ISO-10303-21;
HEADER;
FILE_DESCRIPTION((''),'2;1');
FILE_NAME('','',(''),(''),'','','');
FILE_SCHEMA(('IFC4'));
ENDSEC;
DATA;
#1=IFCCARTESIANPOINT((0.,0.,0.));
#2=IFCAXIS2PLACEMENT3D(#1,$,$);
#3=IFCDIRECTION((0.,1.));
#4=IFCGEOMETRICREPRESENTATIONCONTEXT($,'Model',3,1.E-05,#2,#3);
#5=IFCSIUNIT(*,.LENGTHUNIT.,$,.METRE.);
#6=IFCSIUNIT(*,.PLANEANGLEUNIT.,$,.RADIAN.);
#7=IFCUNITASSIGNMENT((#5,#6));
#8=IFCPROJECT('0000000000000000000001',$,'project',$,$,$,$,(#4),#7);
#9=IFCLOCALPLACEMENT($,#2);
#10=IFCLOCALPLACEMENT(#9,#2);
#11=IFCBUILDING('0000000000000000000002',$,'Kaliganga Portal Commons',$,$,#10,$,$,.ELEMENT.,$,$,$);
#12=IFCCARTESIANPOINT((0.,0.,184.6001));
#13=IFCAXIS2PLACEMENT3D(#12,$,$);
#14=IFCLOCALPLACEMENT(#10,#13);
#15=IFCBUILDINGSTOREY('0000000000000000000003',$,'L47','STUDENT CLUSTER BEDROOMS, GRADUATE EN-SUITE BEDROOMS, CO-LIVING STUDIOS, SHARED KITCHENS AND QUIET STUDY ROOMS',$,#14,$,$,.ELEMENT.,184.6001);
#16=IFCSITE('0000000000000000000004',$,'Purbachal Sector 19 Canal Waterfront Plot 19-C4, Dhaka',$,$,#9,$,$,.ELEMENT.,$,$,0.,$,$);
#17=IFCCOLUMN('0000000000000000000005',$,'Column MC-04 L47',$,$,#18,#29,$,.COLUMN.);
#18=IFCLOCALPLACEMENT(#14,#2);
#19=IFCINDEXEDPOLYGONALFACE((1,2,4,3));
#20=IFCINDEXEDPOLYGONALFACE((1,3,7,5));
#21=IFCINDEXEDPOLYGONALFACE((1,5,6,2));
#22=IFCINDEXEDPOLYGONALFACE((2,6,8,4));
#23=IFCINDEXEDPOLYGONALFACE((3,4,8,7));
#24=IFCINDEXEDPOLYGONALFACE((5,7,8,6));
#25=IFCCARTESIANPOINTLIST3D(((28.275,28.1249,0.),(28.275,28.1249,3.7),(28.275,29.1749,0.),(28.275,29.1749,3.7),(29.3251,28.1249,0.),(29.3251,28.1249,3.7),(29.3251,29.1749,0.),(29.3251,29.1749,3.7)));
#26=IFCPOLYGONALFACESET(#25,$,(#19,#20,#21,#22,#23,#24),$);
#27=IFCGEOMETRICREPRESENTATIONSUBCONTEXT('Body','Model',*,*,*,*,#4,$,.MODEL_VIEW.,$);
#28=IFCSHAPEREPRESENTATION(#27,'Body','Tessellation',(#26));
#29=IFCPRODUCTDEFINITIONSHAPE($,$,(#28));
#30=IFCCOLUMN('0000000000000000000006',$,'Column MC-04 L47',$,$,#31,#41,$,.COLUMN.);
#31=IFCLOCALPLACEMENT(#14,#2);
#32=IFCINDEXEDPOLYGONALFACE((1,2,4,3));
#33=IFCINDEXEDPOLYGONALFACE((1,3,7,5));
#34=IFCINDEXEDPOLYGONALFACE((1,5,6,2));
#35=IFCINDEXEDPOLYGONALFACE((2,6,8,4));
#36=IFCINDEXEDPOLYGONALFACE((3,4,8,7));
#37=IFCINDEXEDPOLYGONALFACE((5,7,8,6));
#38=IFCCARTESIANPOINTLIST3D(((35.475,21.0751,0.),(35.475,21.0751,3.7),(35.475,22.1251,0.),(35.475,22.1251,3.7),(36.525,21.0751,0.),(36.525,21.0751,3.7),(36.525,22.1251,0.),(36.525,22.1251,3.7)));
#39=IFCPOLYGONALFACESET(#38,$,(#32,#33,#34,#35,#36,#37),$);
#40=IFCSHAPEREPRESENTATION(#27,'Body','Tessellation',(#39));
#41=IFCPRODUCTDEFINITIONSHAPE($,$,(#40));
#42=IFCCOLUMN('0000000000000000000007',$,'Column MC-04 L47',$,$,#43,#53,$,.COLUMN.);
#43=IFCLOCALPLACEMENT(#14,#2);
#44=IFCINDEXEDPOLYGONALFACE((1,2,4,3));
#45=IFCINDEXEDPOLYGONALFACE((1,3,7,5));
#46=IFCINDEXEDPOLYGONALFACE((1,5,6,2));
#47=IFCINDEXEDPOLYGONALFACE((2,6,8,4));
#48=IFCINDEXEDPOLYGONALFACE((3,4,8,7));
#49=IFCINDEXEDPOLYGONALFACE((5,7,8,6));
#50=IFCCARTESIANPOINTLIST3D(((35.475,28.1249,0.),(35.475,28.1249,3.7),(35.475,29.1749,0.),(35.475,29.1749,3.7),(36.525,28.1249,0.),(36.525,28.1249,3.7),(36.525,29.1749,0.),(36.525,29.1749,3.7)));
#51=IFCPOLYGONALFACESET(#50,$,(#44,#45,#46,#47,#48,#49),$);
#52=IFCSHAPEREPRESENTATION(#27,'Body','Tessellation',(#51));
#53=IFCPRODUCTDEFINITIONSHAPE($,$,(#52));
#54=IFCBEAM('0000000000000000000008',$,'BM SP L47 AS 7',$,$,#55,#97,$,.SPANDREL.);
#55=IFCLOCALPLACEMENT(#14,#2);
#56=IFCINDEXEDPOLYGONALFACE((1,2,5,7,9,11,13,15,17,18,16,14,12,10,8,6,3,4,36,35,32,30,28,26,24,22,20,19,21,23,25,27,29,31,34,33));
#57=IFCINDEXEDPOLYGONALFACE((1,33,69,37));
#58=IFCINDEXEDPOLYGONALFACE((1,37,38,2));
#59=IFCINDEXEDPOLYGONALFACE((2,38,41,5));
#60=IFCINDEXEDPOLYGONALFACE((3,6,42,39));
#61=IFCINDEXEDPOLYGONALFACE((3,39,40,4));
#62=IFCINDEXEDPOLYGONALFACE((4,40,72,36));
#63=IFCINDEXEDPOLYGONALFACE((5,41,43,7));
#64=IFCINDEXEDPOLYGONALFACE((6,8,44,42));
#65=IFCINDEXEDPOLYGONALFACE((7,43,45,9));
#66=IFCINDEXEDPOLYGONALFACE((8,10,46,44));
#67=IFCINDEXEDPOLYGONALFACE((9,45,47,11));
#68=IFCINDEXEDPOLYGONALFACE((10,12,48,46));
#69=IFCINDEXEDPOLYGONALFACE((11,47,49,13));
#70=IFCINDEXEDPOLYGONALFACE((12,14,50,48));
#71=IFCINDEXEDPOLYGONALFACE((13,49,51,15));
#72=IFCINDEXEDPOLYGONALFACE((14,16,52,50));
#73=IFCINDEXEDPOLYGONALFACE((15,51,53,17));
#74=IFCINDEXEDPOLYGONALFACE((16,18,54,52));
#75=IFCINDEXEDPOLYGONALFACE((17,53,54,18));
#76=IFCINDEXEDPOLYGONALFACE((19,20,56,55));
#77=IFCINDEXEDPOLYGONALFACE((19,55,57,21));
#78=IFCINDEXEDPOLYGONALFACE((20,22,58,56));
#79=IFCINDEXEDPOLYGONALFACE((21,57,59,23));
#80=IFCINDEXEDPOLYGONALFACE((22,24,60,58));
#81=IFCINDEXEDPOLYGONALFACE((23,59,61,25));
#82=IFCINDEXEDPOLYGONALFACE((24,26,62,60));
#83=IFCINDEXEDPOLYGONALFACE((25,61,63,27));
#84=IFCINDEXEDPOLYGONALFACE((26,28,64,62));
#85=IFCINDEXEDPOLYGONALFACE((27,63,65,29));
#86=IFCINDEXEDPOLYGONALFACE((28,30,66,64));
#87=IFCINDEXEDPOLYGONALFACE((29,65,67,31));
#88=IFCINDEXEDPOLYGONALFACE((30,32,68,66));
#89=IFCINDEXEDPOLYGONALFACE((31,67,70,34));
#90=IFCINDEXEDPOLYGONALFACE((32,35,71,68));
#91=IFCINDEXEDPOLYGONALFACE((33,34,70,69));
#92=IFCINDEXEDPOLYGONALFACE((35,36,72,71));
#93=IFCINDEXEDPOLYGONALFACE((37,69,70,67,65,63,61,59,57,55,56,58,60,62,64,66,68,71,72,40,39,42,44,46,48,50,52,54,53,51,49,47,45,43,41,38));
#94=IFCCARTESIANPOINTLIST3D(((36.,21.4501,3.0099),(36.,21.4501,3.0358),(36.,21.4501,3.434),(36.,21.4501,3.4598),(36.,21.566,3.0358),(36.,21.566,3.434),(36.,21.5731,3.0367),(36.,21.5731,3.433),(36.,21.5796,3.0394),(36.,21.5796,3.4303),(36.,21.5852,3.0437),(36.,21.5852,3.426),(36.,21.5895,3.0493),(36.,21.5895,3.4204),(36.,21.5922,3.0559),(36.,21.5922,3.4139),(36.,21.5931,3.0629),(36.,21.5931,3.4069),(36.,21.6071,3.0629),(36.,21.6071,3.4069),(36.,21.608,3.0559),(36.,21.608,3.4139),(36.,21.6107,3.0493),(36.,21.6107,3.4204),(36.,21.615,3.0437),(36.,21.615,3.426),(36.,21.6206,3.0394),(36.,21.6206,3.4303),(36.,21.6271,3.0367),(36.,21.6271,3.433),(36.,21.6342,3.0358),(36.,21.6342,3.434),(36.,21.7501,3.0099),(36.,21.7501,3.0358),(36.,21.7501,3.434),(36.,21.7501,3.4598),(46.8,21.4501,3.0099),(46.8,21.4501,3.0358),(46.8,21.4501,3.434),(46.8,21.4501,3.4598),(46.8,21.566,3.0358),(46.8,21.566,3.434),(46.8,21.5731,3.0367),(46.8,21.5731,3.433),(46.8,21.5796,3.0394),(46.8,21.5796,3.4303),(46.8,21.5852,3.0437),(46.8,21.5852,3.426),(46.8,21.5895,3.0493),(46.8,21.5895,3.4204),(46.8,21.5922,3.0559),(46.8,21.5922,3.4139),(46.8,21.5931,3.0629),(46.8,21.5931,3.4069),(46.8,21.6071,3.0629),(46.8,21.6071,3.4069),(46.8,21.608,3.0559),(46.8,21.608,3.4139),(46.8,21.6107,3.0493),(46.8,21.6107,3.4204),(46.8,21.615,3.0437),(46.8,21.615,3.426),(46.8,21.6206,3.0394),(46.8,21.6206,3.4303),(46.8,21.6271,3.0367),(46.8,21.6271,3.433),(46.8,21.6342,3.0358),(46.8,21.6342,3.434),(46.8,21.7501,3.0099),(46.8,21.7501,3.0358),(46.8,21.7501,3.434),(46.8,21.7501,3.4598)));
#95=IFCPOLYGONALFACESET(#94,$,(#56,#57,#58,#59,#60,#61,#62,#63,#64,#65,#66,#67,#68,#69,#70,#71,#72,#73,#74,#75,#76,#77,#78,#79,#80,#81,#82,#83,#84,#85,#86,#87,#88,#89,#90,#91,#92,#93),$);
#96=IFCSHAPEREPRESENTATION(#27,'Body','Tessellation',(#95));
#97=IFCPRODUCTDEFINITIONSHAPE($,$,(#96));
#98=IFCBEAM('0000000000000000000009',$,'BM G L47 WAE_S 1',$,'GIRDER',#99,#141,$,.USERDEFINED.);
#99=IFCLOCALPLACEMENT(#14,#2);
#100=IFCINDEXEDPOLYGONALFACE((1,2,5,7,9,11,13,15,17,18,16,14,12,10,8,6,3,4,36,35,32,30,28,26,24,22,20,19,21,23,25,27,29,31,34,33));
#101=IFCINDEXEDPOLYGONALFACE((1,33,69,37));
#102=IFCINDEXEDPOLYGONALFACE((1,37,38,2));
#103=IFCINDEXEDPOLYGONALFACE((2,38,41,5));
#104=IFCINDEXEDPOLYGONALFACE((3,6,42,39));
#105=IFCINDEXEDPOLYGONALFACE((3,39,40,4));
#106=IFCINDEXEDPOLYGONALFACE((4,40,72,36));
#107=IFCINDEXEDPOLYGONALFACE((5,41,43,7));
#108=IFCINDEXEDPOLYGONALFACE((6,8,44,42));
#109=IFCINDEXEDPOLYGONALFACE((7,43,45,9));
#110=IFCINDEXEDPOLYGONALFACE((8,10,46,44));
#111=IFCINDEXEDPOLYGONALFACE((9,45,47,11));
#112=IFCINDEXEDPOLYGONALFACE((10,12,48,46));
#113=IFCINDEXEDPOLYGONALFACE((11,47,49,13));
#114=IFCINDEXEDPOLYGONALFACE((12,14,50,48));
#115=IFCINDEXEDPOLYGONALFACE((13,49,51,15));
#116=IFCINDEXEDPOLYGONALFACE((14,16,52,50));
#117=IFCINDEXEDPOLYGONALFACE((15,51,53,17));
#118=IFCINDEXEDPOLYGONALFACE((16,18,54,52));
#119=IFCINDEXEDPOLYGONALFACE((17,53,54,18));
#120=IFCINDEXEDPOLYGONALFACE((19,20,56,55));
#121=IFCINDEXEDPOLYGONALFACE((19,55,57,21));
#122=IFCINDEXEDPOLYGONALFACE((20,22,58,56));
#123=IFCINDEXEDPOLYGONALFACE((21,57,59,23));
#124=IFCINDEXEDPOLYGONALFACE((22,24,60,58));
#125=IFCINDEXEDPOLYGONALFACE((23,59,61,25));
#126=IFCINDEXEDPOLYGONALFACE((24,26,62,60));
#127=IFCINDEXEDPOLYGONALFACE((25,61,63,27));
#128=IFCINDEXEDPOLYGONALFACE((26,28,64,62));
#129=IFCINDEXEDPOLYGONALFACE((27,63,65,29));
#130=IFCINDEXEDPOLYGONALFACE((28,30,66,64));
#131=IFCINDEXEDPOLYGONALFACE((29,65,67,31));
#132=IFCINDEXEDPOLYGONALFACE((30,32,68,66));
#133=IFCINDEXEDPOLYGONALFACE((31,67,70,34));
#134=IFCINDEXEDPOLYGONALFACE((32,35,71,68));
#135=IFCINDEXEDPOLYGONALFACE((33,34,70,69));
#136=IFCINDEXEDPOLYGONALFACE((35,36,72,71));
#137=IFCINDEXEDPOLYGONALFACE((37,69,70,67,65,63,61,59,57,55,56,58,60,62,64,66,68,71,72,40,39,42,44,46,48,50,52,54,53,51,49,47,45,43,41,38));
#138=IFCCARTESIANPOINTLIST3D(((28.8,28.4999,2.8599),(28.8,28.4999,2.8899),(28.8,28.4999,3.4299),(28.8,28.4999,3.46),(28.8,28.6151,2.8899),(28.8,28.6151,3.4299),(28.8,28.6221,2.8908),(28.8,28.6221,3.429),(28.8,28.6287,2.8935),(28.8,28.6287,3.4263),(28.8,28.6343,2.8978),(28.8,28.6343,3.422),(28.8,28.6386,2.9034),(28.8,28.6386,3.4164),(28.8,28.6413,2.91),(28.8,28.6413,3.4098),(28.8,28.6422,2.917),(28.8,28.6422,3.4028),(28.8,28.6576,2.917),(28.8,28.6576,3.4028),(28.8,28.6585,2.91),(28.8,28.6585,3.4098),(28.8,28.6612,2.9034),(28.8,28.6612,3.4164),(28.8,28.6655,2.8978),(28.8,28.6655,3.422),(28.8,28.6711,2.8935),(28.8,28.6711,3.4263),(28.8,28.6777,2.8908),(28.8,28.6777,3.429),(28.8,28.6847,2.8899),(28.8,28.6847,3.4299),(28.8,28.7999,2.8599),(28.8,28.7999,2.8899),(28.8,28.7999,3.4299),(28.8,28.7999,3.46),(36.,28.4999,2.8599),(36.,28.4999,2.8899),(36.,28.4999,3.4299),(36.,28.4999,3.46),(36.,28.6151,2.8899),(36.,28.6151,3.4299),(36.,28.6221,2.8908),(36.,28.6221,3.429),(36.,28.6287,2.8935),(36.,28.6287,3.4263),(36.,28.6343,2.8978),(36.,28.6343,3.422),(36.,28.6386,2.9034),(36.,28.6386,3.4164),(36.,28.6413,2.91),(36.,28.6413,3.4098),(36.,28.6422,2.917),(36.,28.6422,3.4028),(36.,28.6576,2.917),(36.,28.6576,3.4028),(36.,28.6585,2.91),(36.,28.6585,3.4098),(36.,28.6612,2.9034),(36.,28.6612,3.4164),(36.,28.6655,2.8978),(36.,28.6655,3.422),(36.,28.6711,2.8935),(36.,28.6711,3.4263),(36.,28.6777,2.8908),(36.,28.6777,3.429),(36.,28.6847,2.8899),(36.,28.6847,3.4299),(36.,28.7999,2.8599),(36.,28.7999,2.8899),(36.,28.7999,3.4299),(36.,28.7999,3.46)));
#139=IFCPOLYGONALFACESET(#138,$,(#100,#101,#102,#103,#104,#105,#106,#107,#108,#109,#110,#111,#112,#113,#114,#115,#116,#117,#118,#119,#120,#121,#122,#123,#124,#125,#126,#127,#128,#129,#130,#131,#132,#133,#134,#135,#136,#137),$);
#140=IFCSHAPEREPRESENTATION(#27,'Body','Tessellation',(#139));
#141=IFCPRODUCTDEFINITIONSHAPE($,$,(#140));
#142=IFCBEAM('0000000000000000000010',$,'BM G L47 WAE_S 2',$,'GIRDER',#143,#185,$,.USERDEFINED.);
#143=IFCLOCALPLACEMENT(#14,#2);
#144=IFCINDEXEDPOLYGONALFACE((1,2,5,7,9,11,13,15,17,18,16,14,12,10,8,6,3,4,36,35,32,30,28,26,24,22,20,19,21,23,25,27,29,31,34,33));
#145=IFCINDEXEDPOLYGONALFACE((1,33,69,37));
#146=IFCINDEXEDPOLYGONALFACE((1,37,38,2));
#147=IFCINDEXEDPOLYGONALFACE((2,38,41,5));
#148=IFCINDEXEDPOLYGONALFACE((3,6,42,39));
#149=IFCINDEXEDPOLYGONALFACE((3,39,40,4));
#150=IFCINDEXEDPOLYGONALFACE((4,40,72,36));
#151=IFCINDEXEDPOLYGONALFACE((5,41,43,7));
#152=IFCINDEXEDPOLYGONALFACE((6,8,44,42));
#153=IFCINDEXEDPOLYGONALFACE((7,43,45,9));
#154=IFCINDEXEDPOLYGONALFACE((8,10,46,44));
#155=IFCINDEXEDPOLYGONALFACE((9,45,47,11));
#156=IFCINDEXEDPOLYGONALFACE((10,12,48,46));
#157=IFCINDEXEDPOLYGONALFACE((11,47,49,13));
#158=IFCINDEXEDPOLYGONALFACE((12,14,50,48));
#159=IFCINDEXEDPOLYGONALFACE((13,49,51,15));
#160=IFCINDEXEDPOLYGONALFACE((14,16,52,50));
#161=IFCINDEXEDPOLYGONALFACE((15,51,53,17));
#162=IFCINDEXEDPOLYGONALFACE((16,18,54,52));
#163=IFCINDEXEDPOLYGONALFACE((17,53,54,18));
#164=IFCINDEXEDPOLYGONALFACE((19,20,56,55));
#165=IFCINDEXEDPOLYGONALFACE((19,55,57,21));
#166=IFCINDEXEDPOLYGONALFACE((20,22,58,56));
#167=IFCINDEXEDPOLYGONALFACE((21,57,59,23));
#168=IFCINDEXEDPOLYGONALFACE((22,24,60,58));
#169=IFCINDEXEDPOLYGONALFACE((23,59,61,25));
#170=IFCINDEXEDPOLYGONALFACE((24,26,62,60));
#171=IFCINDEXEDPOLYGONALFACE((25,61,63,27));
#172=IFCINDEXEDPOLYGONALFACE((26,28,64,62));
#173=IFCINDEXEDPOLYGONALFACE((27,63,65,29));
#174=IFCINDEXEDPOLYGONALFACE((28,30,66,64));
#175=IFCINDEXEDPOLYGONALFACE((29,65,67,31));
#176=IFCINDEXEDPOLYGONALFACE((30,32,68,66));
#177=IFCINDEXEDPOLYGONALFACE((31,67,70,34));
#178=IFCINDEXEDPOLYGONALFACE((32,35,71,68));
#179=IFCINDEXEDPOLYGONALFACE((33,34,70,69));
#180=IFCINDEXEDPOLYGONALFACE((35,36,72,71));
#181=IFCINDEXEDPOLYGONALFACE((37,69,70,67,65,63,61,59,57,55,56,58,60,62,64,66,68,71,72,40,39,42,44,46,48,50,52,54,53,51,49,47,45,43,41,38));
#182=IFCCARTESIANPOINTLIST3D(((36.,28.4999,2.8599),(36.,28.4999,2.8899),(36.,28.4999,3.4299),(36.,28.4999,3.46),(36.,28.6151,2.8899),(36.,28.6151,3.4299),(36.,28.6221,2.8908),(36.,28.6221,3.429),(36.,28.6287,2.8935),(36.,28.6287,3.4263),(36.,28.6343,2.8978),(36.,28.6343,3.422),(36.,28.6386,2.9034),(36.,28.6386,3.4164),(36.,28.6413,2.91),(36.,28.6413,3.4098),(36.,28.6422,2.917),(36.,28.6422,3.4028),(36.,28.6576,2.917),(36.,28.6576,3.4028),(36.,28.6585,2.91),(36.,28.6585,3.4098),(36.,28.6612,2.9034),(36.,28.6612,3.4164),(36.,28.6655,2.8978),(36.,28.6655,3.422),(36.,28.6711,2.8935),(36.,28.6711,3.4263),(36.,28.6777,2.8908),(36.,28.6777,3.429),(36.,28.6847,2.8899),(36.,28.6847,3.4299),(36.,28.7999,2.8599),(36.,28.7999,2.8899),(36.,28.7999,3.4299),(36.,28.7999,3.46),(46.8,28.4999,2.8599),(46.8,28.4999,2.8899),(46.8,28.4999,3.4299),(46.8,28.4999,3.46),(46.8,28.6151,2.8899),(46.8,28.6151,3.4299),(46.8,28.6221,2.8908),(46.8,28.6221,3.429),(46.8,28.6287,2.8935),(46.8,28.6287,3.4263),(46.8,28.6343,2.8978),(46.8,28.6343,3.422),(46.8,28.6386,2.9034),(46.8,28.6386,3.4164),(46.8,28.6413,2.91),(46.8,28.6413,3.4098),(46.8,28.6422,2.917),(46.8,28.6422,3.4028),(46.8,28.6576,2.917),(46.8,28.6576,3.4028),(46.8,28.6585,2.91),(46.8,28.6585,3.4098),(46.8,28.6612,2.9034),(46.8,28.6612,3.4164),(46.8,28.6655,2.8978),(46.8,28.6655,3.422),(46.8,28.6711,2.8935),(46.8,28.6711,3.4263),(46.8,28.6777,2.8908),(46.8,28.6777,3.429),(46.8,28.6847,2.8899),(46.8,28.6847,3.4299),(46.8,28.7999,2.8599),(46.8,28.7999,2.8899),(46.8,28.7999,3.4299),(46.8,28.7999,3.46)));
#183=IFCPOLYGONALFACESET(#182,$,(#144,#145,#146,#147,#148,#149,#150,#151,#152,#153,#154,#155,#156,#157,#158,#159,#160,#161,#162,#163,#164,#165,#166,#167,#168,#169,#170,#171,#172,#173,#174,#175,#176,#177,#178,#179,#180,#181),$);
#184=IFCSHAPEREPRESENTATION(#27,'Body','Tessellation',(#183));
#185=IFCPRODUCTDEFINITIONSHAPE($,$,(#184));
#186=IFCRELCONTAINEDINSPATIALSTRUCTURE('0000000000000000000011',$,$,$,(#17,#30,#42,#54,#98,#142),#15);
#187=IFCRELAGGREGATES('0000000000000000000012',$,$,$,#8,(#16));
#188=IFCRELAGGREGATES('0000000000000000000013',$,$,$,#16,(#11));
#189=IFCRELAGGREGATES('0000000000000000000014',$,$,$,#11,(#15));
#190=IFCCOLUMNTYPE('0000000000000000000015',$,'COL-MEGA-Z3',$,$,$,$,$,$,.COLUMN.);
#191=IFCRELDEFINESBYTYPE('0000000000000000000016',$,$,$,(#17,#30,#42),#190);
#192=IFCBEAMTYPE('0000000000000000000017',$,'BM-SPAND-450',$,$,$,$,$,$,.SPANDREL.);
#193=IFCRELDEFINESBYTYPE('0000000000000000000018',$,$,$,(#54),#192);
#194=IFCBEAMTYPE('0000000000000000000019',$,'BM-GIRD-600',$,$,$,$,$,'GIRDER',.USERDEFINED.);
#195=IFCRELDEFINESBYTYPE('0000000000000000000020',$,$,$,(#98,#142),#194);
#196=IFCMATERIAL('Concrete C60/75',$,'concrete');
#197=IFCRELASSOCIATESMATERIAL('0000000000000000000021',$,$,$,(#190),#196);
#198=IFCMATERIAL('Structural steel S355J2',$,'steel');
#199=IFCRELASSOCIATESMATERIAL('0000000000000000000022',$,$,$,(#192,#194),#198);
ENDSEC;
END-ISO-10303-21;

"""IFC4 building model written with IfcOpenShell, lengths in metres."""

from ifc_helpers import new_model, si_unit, direction, frame, origin, origin_2d, place, context, subcontext, project, spatial, rectangle, i_section, extrude, source, transform, mapped, material, material_profile, profile_set, type_object, element, save


model = new_model("IFC4")

# Units and contexts
model_context = context("Model", 3, precision=1e-05, world=origin(), true_north=direction((0.0, 1.0)))
body_context = subcontext(model_context, "Body", "Model", "MODEL_VIEW")
ifc_project = project(units=[si_unit("LENGTHUNIT", "METRE"), si_unit("PLANEANGLEUNIT", "RADIAN")], contexts=[model_context])

# Site, building, storey
site_placement = place(None, origin())
site = spatial("IfcSite", under=ifc_project, at=site_placement, Name="Purbachal Sector 19 Canal Waterfront Plot 19-C4, Dhaka", CompositionType="ELEMENT", RefElevation=0.0)
building_placement = place(site_placement, origin())
building = spatial("IfcBuilding", under=site, at=building_placement, Name="Kaliganga Portal Commons", CompositionType="ELEMENT")
storey_placement = place(building_placement, frame((0.0, 0.0, 184.6001)))
storey = spatial("IfcBuildingStorey", under=building, at=storey_placement, Name="L47", Description="STUDENT CLUSTER BEDROOMS, GRADUATE EN-SUITE BEDROOMS, CO-LIVING STUDIOS, SHARED KITCHENS AND QUIET STUDY ROOMS", CompositionType="ELEMENT", Elevation=184.6001)

# Columns
ifc_material_1 = material(Name="Concrete C60/75", Category="concrete")
ifc_material_profile_1 = material_profile(ifc_material_1, rectangle(XDim=1.05, YDim=1.05, at=origin_2d()), Name="RC 1050x1050")
ifc_profile_set_1 = profile_set([ifc_material_profile_1], Name="Concrete C60/75")
column_type = type_object("IfcColumnType", Name="COL-MEGA-Z3", PredefinedType="COLUMN", material=ifc_profile_set_1)
shared_shape_1 = source(origin(), body_context, "Body", "SweptSolid", [
    extrude(rectangle(XDim=1.05, YDim=1.05, at=origin_2d()), origin(), (0.0, 0.0, 1.0), 3.7),
])
for number, where, z_axis, x_axis, name in (
    (1, (28.8, 28.6499, 0.0), (0.0, 0.0, 1.0), (1.0, 0.0, 0.0), "Column MC-04 L47"),
    (2, (36.0, 21.6001, 0.0), (0.0, 0.0, 1.0), (1.0, 0.0, 0.0), "Column MC-04 L47"),
    (3, (36.0, 28.6499, 0.0), (0.0, 0.0, 1.0), (1.0, 0.0, 0.0), "Column MC-04 L47"),
):
    element("IfcColumn", number, at=place(storey_placement, frame(where, z_axis=z_axis, x_axis=x_axis)), inside=storey, type_object=column_type, Name=name, PredefinedType="COLUMN", context=body_context, shape_type="MappedRepresentation", body=[
        mapped(shared_shape_1, transform((0.0, 0.0, 0.0), x_axis=(1.0, 0.0, 0.0), y_axis=(0.0, 1.0, 0.0), z_axis=(0.0, 0.0, 1.0), scale=1.0)),
    ])

# Beams
ifc_material_2 = material(Name="Structural steel S355J2", Category="steel")
ifc_material_profile_2 = material_profile(ifc_material_2, i_section(OverallWidth=0.3, OverallDepth=0.45, WebThickness=0.0139, FlangeThickness=0.0259, FilletRadius=0.0271, at=origin_2d()), Name="HE 450 B")
ifc_profile_set_2 = profile_set([ifc_material_profile_2], Name="Structural steel S355J2 wide-flange")
beam_type_1 = type_object("IfcBeamType", Name="BM-SPAND-450", PredefinedType="SPANDREL", material=ifc_profile_set_2)
shared_shape_2 = source(origin(), body_context, "Body", "SweptSolid", [
    extrude(i_section(OverallWidth=0.3, OverallDepth=0.45, WebThickness=0.0139, FlangeThickness=0.0259, FilletRadius=0.0271, at=origin_2d()), origin(), (0.0, 0.0, 1.0), 10.8),
])
beam_1_placement = place(storey_placement, frame((36.0, 21.6001, 3.2349), z_axis=(1.0, 0.0, 0.0), x_axis=(0.0, 1.0, 0.0)))
element("IfcBeam", 4, at=beam_1_placement, inside=storey, type_object=beam_type_1, Name="BM SP L47 AS 7", PredefinedType="SPANDREL", context=body_context, shape_type="MappedRepresentation", body=[
    mapped(shared_shape_2, transform((0.0, 0.0, 0.0), x_axis=(1.0, 0.0, 0.0), y_axis=(0.0, 1.0, 0.0), z_axis=(0.0, 0.0, 1.0), scale=1.0)),
])
ifc_material_profile_3 = material_profile(ifc_material_2, i_section(OverallWidth=0.3, OverallDepth=0.6001, WebThickness=0.0154, FlangeThickness=0.03, FilletRadius=0.0271, at=origin_2d()), Name="HE 600 B")
ifc_profile_set_3 = profile_set([ifc_material_profile_3], Name="Structural steel S355J2 wide-flange")
beam_type_2 = type_object("IfcBeamType", Name="BM-GIRD-600", ElementType="GIRDER", PredefinedType="USERDEFINED", material=ifc_profile_set_3)
shared_shape_3 = source(origin(), body_context, "Body", "SweptSolid", [
    extrude(i_section(OverallWidth=0.3, OverallDepth=0.6001, WebThickness=0.0154, FlangeThickness=0.03, FilletRadius=0.0271, at=origin_2d()), origin(), (0.0, 0.0, 1.0), 7.2),
])
beam_2_placement = place(storey_placement, frame((28.8, 28.6499, 3.1599), z_axis=(1.0, 0.0, 0.0), x_axis=(0.0, 1.0, 0.0)))
element("IfcBeam", 5, at=beam_2_placement, inside=storey, type_object=beam_type_2, Name="BM G L47 WAE_S 1", ObjectType="GIRDER", PredefinedType="USERDEFINED", context=body_context, shape_type="MappedRepresentation", body=[
    mapped(shared_shape_3, transform((0.0, 0.0, 0.0), x_axis=(1.0, 0.0, 0.0), y_axis=(0.0, 1.0, 0.0), z_axis=(0.0, 0.0, 1.0), scale=1.0)),
])
shared_shape_4 = source(origin(), body_context, "Body", "SweptSolid", [
    extrude(i_section(OverallWidth=0.3, OverallDepth=0.6001, WebThickness=0.0154, FlangeThickness=0.03, FilletRadius=0.0271, at=origin_2d()), origin(), (0.0, 0.0, 1.0), 10.8),
])
beam_3_placement = place(storey_placement, frame((36.0, 28.6499, 3.1599), z_axis=(1.0, 0.0, 0.0), x_axis=(0.0, 1.0, 0.0)))
element("IfcBeam", 6, at=beam_3_placement, inside=storey, type_object=beam_type_2, Name="BM G L47 WAE_S 2", ObjectType="GIRDER", PredefinedType="USERDEFINED", context=body_context, shape_type="MappedRepresentation", body=[
    mapped(shared_shape_4, transform((0.0, 0.0, 0.0), x_axis=(1.0, 0.0, 0.0), y_axis=(0.0, 1.0, 0.0), z_axis=(0.0, 0.0, 1.0), scale=1.0)),
])

save(model, "model.ifc")
